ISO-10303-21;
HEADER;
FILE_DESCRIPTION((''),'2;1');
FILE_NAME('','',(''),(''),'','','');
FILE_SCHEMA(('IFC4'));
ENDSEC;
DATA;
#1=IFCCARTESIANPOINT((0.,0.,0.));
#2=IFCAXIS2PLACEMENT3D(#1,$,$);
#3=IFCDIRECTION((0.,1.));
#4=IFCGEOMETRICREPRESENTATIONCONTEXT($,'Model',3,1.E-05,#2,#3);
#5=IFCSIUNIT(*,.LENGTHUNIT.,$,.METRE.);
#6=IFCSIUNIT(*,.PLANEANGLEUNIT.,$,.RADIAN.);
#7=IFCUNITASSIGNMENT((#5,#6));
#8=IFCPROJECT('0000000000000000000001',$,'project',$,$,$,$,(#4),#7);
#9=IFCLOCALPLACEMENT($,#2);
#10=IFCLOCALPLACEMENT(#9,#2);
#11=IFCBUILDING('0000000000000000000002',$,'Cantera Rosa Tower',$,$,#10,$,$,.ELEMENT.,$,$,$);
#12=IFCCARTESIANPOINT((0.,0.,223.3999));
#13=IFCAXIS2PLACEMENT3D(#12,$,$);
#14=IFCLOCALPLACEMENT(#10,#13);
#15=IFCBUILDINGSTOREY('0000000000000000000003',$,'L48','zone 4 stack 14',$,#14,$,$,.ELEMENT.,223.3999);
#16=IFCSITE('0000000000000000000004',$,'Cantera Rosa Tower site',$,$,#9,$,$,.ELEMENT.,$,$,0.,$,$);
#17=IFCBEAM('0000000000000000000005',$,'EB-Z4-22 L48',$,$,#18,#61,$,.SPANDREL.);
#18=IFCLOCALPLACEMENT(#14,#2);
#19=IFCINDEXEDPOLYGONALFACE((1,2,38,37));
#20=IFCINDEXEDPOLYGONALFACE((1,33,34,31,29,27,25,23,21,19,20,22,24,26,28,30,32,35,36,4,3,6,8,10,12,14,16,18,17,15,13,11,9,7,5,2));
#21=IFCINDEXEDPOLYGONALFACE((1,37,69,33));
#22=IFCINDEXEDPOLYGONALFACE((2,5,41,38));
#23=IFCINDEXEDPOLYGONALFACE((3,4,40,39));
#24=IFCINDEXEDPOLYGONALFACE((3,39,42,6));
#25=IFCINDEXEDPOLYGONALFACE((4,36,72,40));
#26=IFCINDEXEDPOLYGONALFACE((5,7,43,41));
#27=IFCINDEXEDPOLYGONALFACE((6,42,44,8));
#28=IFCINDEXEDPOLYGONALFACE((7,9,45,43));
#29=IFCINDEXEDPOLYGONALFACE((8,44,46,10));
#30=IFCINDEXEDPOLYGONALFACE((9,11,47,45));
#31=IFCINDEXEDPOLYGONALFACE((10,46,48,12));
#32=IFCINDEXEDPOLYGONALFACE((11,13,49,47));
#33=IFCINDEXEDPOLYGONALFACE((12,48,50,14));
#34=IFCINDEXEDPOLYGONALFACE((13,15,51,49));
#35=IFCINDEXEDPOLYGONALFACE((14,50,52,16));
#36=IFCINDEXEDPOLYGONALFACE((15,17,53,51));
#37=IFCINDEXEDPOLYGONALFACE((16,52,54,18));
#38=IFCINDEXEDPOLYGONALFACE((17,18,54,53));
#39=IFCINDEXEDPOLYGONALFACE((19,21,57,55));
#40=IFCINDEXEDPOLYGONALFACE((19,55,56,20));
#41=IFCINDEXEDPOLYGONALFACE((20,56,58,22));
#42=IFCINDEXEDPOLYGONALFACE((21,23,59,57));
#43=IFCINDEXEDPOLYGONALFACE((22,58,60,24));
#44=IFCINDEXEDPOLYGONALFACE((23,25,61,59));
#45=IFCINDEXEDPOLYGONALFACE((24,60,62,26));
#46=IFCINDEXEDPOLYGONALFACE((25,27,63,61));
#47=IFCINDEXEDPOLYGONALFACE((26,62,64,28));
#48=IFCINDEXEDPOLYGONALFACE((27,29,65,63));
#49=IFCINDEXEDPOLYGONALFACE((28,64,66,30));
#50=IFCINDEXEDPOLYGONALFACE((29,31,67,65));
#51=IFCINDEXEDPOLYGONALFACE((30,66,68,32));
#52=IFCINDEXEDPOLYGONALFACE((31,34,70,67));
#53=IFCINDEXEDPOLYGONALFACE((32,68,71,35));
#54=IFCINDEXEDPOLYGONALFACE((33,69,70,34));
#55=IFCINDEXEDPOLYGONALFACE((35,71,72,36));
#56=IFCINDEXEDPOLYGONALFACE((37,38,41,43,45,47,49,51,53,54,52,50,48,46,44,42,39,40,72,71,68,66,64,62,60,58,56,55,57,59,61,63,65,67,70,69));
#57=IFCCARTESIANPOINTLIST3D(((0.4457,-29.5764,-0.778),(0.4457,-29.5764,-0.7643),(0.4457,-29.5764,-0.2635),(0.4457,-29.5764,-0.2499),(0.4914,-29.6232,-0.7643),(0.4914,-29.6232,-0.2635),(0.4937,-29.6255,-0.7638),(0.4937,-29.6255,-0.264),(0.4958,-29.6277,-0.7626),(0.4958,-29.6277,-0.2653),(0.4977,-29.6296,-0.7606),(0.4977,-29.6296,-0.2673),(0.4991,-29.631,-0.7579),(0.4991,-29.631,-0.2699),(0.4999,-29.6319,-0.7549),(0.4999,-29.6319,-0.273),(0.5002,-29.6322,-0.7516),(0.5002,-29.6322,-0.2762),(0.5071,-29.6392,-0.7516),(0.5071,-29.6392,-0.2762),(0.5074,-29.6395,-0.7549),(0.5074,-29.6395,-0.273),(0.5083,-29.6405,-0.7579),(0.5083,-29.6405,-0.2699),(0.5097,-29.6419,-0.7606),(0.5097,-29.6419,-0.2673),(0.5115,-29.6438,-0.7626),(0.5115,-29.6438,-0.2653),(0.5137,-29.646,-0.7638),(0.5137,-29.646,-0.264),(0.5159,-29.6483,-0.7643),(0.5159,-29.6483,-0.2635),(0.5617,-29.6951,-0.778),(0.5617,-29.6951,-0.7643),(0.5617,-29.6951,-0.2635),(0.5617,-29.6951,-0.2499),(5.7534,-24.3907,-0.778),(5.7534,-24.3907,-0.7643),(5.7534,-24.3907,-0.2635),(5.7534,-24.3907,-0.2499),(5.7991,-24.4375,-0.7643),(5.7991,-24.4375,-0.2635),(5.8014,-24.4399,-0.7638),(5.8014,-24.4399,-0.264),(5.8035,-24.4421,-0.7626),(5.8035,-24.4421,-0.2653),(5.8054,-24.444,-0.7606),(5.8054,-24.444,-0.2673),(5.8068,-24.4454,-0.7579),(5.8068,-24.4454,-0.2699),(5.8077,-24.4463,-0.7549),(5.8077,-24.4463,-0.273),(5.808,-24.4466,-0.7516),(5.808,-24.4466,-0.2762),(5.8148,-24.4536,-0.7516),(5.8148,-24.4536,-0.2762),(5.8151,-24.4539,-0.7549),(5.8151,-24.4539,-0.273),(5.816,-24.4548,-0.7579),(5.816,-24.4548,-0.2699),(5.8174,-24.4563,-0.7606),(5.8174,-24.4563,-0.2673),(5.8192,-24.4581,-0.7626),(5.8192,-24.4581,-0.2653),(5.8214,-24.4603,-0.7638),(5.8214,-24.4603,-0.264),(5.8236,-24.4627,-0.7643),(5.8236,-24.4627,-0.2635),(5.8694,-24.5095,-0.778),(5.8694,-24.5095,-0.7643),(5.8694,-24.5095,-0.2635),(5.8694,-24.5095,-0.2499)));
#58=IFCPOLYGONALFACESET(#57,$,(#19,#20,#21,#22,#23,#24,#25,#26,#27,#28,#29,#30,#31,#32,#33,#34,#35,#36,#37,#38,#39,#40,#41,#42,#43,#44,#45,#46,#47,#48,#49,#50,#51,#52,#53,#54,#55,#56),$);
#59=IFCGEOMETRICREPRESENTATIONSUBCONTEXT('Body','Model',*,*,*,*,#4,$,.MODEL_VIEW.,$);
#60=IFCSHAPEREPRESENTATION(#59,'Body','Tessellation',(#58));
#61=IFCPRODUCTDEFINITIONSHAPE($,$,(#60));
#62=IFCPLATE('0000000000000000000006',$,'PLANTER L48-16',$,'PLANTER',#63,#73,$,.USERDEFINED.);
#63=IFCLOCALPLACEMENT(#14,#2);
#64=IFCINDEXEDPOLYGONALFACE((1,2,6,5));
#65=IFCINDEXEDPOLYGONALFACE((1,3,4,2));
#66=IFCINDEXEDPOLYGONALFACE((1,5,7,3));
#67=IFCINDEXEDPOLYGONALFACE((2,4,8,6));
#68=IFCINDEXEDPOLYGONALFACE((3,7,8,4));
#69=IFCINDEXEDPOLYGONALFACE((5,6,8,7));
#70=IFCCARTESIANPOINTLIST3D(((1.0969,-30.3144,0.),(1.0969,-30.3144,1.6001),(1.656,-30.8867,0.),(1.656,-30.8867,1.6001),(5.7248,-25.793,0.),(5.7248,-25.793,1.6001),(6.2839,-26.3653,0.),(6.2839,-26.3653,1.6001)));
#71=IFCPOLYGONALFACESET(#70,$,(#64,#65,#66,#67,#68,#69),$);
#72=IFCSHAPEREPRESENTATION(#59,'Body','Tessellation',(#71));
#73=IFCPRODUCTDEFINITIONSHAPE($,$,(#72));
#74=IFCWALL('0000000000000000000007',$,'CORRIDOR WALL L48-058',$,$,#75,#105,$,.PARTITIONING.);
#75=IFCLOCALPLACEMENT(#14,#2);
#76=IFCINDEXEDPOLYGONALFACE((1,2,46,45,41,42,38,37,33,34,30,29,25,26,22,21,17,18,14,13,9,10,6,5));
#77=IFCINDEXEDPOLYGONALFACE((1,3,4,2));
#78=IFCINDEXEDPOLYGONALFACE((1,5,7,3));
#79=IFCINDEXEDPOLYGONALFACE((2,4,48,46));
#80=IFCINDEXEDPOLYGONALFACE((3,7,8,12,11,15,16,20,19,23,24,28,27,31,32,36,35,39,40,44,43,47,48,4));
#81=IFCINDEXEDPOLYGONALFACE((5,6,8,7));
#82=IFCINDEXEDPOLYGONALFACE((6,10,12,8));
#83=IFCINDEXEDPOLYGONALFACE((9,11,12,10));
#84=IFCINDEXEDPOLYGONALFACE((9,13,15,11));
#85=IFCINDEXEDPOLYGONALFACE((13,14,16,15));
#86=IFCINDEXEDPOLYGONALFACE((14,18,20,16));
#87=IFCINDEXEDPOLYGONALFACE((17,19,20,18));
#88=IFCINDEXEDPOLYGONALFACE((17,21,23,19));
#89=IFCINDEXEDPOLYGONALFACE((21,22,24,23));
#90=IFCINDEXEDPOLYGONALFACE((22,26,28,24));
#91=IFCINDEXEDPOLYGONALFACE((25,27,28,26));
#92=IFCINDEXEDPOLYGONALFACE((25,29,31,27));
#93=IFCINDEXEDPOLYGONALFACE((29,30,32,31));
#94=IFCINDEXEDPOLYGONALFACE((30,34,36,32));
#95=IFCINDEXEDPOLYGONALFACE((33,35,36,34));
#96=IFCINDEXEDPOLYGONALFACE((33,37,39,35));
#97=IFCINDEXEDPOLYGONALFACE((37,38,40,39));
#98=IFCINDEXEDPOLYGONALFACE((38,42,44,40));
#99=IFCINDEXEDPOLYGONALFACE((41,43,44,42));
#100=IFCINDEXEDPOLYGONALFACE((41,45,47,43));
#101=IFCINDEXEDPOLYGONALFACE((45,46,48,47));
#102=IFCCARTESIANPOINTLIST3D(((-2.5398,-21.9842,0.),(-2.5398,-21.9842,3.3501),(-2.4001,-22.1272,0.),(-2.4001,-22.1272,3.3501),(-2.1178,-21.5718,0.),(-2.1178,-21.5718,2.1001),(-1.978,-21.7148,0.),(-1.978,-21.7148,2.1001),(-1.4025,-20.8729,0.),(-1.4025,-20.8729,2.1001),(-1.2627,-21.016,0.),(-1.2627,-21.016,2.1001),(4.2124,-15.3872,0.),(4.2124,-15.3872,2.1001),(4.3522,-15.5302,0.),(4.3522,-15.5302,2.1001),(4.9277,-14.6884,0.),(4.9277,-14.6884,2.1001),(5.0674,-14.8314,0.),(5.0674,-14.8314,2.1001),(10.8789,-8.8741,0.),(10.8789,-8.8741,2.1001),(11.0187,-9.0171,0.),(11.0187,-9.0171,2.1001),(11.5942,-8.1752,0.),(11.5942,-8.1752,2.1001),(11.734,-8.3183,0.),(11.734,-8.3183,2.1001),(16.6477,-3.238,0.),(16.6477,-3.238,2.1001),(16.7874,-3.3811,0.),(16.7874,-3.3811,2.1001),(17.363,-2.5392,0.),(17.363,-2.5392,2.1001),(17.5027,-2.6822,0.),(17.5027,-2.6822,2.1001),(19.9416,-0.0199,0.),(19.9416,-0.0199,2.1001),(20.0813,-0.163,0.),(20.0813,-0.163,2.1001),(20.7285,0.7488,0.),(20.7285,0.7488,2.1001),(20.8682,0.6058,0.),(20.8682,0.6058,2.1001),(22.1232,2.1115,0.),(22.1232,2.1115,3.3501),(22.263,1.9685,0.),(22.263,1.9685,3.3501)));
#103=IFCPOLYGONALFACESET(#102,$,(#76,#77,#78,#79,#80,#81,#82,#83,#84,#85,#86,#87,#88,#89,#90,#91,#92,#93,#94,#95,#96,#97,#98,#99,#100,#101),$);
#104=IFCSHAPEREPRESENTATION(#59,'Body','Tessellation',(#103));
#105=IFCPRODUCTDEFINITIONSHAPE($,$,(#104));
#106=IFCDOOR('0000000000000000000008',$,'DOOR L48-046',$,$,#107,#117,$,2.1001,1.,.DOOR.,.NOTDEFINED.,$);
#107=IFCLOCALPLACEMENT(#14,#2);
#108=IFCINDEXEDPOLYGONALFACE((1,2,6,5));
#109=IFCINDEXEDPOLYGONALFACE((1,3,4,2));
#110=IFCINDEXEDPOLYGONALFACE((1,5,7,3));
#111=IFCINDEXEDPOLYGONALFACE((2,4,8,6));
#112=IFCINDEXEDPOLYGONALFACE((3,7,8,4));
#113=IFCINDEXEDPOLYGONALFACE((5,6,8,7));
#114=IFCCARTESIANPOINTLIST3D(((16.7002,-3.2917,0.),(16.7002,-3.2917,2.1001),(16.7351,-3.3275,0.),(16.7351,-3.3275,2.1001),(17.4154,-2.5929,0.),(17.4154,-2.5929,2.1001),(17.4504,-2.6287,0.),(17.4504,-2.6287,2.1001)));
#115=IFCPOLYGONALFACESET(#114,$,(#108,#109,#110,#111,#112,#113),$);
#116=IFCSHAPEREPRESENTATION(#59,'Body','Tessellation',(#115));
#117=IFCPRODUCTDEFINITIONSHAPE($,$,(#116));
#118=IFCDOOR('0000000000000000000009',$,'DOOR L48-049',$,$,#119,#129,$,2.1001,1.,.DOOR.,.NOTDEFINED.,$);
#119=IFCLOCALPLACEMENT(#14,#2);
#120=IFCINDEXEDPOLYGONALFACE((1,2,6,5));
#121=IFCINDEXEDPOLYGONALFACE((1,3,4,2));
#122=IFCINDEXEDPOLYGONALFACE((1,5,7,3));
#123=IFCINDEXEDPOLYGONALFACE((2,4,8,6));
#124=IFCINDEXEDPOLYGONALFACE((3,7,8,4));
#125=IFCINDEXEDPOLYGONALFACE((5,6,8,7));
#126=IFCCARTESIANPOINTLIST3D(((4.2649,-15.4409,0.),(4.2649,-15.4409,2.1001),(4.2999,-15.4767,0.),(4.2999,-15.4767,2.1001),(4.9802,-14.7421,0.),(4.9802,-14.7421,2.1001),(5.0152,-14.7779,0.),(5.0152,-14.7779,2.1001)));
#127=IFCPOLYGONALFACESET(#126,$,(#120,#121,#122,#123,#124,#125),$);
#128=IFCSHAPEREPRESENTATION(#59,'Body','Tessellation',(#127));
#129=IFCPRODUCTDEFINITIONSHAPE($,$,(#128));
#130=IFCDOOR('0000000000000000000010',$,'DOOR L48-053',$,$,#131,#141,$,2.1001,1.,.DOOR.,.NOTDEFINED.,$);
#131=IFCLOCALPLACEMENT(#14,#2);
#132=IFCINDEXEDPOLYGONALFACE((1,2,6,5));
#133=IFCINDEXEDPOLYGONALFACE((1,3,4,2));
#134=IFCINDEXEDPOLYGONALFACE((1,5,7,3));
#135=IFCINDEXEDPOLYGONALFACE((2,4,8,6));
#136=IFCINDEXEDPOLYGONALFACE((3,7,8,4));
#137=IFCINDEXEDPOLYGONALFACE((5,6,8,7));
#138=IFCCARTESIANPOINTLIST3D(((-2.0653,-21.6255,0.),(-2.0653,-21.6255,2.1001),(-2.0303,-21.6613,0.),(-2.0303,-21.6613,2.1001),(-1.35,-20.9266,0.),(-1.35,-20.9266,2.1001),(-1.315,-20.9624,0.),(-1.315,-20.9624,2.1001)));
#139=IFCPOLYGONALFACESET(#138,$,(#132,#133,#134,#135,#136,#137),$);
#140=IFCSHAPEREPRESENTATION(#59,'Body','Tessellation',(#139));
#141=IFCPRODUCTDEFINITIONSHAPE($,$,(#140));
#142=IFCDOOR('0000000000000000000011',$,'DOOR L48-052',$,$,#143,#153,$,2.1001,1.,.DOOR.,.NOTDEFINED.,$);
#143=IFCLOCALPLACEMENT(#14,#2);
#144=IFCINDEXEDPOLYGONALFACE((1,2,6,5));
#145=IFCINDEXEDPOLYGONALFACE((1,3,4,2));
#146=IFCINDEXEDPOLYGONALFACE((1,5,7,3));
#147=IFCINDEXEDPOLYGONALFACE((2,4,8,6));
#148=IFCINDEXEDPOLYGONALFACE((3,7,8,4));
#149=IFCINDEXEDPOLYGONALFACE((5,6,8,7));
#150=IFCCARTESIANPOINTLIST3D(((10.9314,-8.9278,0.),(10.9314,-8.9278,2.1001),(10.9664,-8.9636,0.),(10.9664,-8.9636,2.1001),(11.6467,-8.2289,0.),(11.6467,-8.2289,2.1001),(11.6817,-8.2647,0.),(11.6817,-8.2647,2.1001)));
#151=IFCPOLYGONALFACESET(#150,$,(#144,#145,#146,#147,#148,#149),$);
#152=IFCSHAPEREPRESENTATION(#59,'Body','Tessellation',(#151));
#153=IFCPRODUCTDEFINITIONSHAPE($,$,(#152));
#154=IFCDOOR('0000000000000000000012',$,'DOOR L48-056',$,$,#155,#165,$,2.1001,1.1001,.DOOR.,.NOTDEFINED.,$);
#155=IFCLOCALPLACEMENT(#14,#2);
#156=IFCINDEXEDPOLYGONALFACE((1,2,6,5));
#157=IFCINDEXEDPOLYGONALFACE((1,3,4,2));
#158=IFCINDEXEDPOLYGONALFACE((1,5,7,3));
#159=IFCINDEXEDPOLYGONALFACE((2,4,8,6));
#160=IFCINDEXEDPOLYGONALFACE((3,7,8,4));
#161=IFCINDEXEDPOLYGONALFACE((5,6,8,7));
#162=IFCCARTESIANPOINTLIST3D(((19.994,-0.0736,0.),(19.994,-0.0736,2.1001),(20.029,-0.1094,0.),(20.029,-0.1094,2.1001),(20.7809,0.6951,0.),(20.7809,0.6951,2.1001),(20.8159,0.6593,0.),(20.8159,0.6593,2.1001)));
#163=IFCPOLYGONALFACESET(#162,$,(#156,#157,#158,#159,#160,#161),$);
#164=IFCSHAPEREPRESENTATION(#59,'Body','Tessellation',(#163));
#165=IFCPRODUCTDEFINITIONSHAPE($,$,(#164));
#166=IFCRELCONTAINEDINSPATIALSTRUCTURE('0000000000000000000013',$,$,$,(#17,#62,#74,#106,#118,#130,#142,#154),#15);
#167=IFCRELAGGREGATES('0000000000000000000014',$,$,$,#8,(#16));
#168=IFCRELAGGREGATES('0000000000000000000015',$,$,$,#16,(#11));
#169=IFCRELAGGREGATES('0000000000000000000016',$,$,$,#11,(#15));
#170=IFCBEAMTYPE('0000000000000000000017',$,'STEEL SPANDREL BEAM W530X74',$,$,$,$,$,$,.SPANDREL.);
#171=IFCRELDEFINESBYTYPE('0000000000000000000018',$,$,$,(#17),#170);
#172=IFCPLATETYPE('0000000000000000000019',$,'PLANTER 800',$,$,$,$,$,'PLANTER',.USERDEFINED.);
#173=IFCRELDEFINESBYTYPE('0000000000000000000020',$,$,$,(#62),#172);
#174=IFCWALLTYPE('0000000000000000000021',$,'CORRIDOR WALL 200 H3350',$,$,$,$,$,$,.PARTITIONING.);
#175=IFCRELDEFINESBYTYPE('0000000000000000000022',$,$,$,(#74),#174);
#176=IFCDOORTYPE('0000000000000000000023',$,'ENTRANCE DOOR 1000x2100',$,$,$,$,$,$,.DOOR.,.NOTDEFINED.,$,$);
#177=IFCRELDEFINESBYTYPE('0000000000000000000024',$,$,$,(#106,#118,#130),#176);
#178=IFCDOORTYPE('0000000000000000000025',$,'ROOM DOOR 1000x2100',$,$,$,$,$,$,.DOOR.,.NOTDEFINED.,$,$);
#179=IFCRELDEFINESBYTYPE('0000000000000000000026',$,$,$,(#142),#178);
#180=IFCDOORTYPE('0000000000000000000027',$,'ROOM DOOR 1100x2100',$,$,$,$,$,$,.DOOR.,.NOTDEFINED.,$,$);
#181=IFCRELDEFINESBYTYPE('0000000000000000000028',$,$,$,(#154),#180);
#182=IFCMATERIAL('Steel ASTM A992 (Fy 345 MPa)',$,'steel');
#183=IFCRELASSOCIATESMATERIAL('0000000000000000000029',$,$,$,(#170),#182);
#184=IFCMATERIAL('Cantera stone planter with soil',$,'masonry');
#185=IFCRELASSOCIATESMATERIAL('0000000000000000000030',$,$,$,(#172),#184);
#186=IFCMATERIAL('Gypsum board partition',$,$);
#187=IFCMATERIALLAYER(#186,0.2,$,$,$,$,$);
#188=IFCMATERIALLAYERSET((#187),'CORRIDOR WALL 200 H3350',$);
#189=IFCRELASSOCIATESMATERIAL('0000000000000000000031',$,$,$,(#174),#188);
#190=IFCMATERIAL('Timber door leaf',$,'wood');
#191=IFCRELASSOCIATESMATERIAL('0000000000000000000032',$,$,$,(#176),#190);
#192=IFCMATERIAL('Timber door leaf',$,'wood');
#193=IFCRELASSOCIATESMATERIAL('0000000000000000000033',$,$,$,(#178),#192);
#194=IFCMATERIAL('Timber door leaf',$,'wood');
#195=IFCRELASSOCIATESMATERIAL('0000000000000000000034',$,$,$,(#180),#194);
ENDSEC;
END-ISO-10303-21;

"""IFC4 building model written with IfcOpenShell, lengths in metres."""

from ifc_helpers import new_model, si_unit, direction, frame, frame_2d, origin, origin_2d, place, context, subcontext, project, spatial, rectangle, i_section, extrude, material, layer, layer_set, material_profile, profile_set, type_object, element, fill, save


model = new_model("IFC4")

# Units and contexts
model_context = context("Model", 3, precision=1e-05, world=origin(), true_north=direction((0.0, 1.0)))
body_context = subcontext(model_context, "Body", "Model", "MODEL_VIEW")
ifc_project = project(units=[si_unit("LENGTHUNIT", "METRE"), si_unit("PLANEANGLEUNIT", "RADIAN")], contexts=[model_context])

# Site, building, storey
site_placement = place(None, origin())
site = spatial("IfcSite", under=ifc_project, at=site_placement, Name="Cantera Rosa Tower site", CompositionType="ELEMENT", RefElevation=0.0)
building_placement = place(site_placement, origin())
building = spatial("IfcBuilding", under=site, at=building_placement, Name="Cantera Rosa Tower", CompositionType="ELEMENT")
storey_placement = place(building_placement, frame((0.0, 0.0, 223.3999)))
storey = spatial("IfcBuildingStorey", under=building, at=storey_placement, Name="L48", Description="zone 4 stack 14", CompositionType="ELEMENT", Elevation=223.3999)

# Beam
ifc_material_1 = material(Name="Steel ASTM A992 (Fy 345 MPa)", Category="steel")
ifc_material_profile_1 = material_profile(ifc_material_1, i_section(OverallWidth=0.166, OverallDepth=0.5281, WebThickness=0.0098, FlangeThickness=0.0137, FilletRadius=0.0127, at=origin_2d()), Name="W530X74")
ifc_profile_set_1 = profile_set([ifc_material_profile_1], Name="Steel ASTM A992 (Fy 345 MPa)")
beam_type_1 = type_object("IfcBeamType", Name="STEEL SPANDREL BEAM W530X74", PredefinedType="SPANDREL", material=ifc_profile_set_1)
beam_1_placement = place(storey_placement, frame((0.5037, -29.6357, -0.5139), z_axis=(0.715284, 0.698833, 0.0), x_axis=(-0.698833, 0.715284, 0.0)))
element("IfcBeam", 1, at=beam_1_placement, inside=storey, type_object=beam_type_1, Name="EB-Z4-22 L48", PredefinedType="SPANDREL", context=body_context, shape_type="SweptSolid", body=[
    extrude(i_section(OverallWidth=0.166, OverallDepth=0.5281, WebThickness=0.0098, FlangeThickness=0.0137, FilletRadius=0.0127, at=origin_2d()), origin(), (0.0, 0.0, 1.0), 7.4204),
])

# Plate
ifc_material_2 = material(Name="Cantera stone planter with soil", Category="masonry")
plate_type = type_object("IfcPlateType", Name="PLANTER 800", ElementType="PLANTER", PredefinedType="USERDEFINED", material=ifc_material_2)
plate_placement = place(storey_placement, frame((3.6904, -28.3398, 0.0), z_axis=(0.0, 0.0, 1.0), x_axis=(0.715286, 0.698832, 0.0)))
element("IfcPlate", 2, at=plate_placement, inside=storey, type_object=plate_type, Name="PLANTER L48-16", ObjectType="PLANTER", PredefinedType="USERDEFINED", context=body_context, shape_type="SweptSolid", body=[
    extrude(rectangle(XDim=6.47, YDim=0.8, at=origin_2d()), origin(), (0.0, 0.0, 1.0), 1.6001),
])

# Wall, openings, doors
ifc_material_3 = material(Name="Gypsum board partition")
ifc_layer_1 = layer(ifc_material_3, 0.2)
ifc_layer_set_1 = layer_set([ifc_layer_1], Name="CORRIDOR WALL 200 H3350")
wall_type_1 = type_object("IfcWallType", Name="CORRIDOR WALL 200 H3350", PredefinedType="PARTITIONING", material=ifc_layer_set_1)
wall_1_placement = place(storey_placement, frame((-2.47, -22.0557, 0.0), z_axis=(0.0, 0.0, 1.0), x_axis=(0.715287, 0.698831, 0.0)))
wall_1 = element("IfcWall", 3, at=wall_1_placement, inside=storey, type_object=wall_type_1, Name="CORRIDOR WALL L48-058", PredefinedType="PARTITIONING", context=body_context, shape_type="SweptSolid", body=[
    extrude(rectangle(XDim=34.48, YDim=0.2, at=frame_2d((17.24, 0.0))), origin(), (0.0, 0.0, 1.0), 3.3501),
])
opening_1_placement = place(wall_1_placement, frame((26.825, 0.0, 0.0)))
opening_1 = element("IfcOpeningElement", 4, at=opening_1_placement, cuts=wall_1, PredefinedType="OPENING", context=body_context, shape_type="SweptSolid", body=[
    extrude(rectangle(XDim=1.0, YDim=2.1001, at=frame_2d((0.5, 1.05))), frame((0.0, 0.1099, 0.0), z_axis=(0.0, -1.0, 0.0), x_axis=(1.0, 0.0, 0.0)), (0.0, 0.0, 1.0), 0.22),
])
opening_2_placement = place(wall_1_placement, frame((9.4399, 0.0, 0.0)))
opening_2 = element("IfcOpeningElement", 5, at=opening_2_placement, cuts=wall_1, PredefinedType="OPENING", context=body_context, shape_type="SweptSolid", body=[
    extrude(rectangle(XDim=1.0, YDim=2.1001, at=frame_2d((0.5, 1.05))), frame((0.0, 0.1099, 0.0), z_axis=(0.0, -1.0, 0.0), x_axis=(1.0, 0.0, 0.0)), (0.0, 0.0, 1.0), 0.22),
])
opening_3_placement = place(wall_1_placement, frame((18.76, 0.0, 0.0)))
opening_3 = element("IfcOpeningElement", 6, at=opening_3_placement, cuts=wall_1, PredefinedType="OPENING", context=body_context, shape_type="SweptSolid", body=[
    extrude(rectangle(XDim=1.0, YDim=2.1001, at=frame_2d((0.5, 1.05))), frame((0.0, 0.1099, 0.0), z_axis=(0.0, -1.0, 0.0), x_axis=(1.0, 0.0, 0.0)), (0.0, 0.0, 1.0), 0.22),
])
opening_4_placement = place(wall_1_placement, frame((0.5901, 0.0, 0.0)))
opening_4 = element("IfcOpeningElement", 7, at=opening_4_placement, cuts=wall_1, PredefinedType="OPENING", context=body_context, shape_type="SweptSolid", body=[
    extrude(rectangle(XDim=1.0, YDim=2.1001, at=frame_2d((0.5, 1.05))), frame((0.0, 0.1099, 0.0), z_axis=(0.0, -1.0, 0.0), x_axis=(1.0, 0.0, 0.0)), (0.0, 0.0, 1.0), 0.22),
])
opening_5_placement = place(wall_1_placement, frame((31.4299, 0.0, 0.0)))
opening_5 = element("IfcOpeningElement", 8, at=opening_5_placement, cuts=wall_1, PredefinedType="OPENING", context=body_context, shape_type="SweptSolid", body=[
    extrude(rectangle(XDim=1.1001, YDim=2.1001, at=frame_2d((0.55, 1.05))), frame((0.0, 0.1099, 0.0), z_axis=(0.0, -1.0, 0.0), x_axis=(1.0, 0.0, 0.0)), (0.0, 0.0, 1.0), 0.22),
])
ifc_material_4 = material(Name="Timber door leaf", Category="wood")
door_type_1 = type_object("IfcDoorType", Name="ENTRANCE DOOR 1000x2100", OperationType="NOTDEFINED", PredefinedType="DOOR", material=ifc_material_4)
door_1_placement = place(opening_1_placement, origin())
door_1 = element("IfcDoor", 9, at=door_1_placement, inside=storey, type_object=door_type_1, Name="DOOR L48-046", OperationType="NOTDEFINED", OverallHeight=2.1001, OverallWidth=1.0, PredefinedType="DOOR", context=body_context, shape_type="SweptSolid", body=[
    extrude(rectangle(XDim=1.0, YDim=2.1001, at=frame_2d((0.5, 1.05))), frame((0.0, 0.0249, 0.0), z_axis=(0.0, -1.0, 0.0), x_axis=(1.0, 0.0, 0.0)), (0.0, 0.0, 1.0), 0.05),
])
fill(opening_1, door_1)
door_2_placement = place(opening_2_placement, origin())
door_2 = element("IfcDoor", 10, at=door_2_placement, inside=storey, type_object=door_type_1, Name="DOOR L48-049", OperationType="NOTDEFINED", OverallHeight=2.1001, OverallWidth=1.0, PredefinedType="DOOR", context=body_context, shape_type="SweptSolid", body=[
    extrude(rectangle(XDim=1.0, YDim=2.1001, at=frame_2d((0.5, 1.05))), frame((0.0, 0.0249, 0.0), z_axis=(0.0, -1.0, 0.0), x_axis=(1.0, 0.0, 0.0)), (0.0, 0.0, 1.0), 0.05),
])
fill(opening_2, door_2)
door_3_placement = place(opening_4_placement, origin())
door_3 = element("IfcDoor", 11, at=door_3_placement, inside=storey, type_object=door_type_1, Name="DOOR L48-053", OperationType="NOTDEFINED", OverallHeight=2.1001, OverallWidth=1.0, PredefinedType="DOOR", context=body_context, shape_type="SweptSolid", body=[
    extrude(rectangle(XDim=1.0, YDim=2.1001, at=frame_2d((0.5, 1.05))), frame((0.0, 0.0249, 0.0), z_axis=(0.0, -1.0, 0.0), x_axis=(1.0, 0.0, 0.0)), (0.0, 0.0, 1.0), 0.05),
])
fill(opening_4, door_3)
ifc_material_5 = material(Name="Timber door leaf", Category="wood")
door_type_2 = type_object("IfcDoorType", Name="ROOM DOOR 1000x2100", OperationType="NOTDEFINED", PredefinedType="DOOR", material=ifc_material_5)
door_4_placement = place(opening_3_placement, origin())
door_4 = element("IfcDoor", 12, at=door_4_placement, inside=storey, type_object=door_type_2, Name="DOOR L48-052", OperationType="NOTDEFINED", OverallHeight=2.1001, OverallWidth=1.0, PredefinedType="DOOR", context=body_context, shape_type="SweptSolid", body=[
    extrude(rectangle(XDim=1.0, YDim=2.1001, at=frame_2d((0.5, 1.05))), frame((0.0, 0.0249, 0.0), z_axis=(0.0, -1.0, 0.0), x_axis=(1.0, 0.0, 0.0)), (0.0, 0.0, 1.0), 0.05),
])
fill(opening_3, door_4)
ifc_material_6 = material(Name="Timber door leaf", Category="wood")
door_type_3 = type_object("IfcDoorType", Name="ROOM DOOR 1100x2100", OperationType="NOTDEFINED", PredefinedType="DOOR", material=ifc_material_6)
door_5_placement = place(opening_5_placement, origin())
door_5 = element("IfcDoor", 13, at=door_5_placement, inside=storey, type_object=door_type_3, Name="DOOR L48-056", OperationType="NOTDEFINED", OverallHeight=2.1001, OverallWidth=1.1001, PredefinedType="DOOR", context=body_context, shape_type="SweptSolid", body=[
    extrude(rectangle(XDim=1.1001, YDim=2.1001, at=frame_2d((0.55, 1.05))), frame((0.0, 0.0249, 0.0), z_axis=(0.0, -1.0, 0.0), x_axis=(1.0, 0.0, 0.0)), (0.0, 0.0, 1.0), 0.05),
])
fill(opening_5, door_5)

save(model, "model.ifc")
